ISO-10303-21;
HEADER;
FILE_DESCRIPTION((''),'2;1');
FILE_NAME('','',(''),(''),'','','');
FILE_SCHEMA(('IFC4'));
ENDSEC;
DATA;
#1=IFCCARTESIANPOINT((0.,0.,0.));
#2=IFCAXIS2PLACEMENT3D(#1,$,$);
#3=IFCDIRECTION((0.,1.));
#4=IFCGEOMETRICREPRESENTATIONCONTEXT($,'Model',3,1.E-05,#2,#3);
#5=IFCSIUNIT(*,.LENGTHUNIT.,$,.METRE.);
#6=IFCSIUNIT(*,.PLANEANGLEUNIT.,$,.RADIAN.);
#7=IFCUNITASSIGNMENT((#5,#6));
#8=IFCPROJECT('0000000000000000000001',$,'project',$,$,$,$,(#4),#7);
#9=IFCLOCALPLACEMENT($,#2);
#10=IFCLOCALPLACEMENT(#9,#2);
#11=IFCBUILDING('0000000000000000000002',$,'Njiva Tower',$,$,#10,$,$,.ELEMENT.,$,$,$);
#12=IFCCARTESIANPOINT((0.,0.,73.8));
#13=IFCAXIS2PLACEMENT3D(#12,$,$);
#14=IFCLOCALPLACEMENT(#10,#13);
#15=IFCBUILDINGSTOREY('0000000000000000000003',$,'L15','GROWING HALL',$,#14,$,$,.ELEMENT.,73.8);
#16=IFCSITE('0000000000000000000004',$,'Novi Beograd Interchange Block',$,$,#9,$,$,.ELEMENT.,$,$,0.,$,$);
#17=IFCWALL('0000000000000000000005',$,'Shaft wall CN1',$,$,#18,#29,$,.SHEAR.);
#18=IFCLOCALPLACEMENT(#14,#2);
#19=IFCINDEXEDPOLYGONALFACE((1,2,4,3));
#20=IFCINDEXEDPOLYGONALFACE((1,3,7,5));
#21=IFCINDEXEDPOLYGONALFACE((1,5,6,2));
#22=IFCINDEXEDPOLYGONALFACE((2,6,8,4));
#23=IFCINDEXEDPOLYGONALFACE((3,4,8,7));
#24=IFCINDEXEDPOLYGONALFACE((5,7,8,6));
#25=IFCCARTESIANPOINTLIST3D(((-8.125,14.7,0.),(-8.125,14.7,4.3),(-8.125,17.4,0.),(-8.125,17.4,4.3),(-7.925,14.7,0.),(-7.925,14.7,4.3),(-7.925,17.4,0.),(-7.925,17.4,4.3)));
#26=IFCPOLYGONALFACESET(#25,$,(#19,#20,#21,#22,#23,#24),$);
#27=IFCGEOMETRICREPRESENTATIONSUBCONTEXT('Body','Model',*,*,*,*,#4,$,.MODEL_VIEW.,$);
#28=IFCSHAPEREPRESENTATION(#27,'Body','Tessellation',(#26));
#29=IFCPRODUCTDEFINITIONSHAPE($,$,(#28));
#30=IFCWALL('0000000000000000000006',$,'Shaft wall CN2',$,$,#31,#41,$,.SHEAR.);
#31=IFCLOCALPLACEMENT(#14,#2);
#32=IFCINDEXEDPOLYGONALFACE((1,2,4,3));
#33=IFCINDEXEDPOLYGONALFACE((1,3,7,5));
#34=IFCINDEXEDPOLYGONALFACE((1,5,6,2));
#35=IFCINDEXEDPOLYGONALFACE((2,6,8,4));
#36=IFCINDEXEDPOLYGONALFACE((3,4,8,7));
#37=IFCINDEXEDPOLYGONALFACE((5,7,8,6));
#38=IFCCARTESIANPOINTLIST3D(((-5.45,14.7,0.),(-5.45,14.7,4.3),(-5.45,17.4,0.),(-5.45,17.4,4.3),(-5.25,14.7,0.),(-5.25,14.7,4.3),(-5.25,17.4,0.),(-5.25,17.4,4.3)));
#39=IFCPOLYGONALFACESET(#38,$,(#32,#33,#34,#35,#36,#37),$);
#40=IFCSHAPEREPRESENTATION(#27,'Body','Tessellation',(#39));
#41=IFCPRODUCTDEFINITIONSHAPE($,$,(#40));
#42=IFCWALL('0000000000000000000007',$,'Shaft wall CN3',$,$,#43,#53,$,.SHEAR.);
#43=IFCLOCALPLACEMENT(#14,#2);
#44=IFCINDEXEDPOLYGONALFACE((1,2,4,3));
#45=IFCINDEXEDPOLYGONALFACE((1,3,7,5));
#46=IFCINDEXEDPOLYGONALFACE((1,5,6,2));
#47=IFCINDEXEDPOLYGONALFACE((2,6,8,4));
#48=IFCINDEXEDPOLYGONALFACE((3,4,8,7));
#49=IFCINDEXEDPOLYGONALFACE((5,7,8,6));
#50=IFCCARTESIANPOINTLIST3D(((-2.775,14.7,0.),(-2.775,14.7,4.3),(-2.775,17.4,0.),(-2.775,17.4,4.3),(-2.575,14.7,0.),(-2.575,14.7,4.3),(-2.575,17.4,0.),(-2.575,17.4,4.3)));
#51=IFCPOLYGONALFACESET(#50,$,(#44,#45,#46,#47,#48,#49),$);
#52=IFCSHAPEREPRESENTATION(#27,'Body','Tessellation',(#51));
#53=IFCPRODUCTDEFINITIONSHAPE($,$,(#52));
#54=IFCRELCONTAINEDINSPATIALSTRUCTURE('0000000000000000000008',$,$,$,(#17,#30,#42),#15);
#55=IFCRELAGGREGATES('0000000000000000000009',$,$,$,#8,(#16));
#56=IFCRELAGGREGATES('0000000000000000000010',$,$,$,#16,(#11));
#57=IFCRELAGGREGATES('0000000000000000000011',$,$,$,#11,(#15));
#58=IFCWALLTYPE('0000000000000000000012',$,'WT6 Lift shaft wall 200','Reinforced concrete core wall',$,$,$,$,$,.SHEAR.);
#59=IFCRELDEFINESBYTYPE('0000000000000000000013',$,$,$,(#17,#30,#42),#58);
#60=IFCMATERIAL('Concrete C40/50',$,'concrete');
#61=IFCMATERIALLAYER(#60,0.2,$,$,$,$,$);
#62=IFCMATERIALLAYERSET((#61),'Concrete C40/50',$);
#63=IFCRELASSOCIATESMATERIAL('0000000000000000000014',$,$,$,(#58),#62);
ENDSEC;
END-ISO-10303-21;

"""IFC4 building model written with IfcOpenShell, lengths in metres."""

from ifc_helpers import new_model, si_unit, direction, frame, frame_2d, origin, place, context, subcontext, project, spatial, rectangle, extrude, material, layer, layer_set, type_object, element, save


model = new_model("IFC4")

# Units and contexts
model_context = context("Model", 3, precision=1e-05, world=origin(), true_north=direction((0.0, 1.0)))
body_context = subcontext(model_context, "Body", "Model", "MODEL_VIEW")
ifc_project = project(units=[si_unit("LENGTHUNIT", "METRE"), si_unit("PLANEANGLEUNIT", "RADIAN")], contexts=[model_context])

# Site, building, storey
site_placement = place(None, origin())
site = spatial("IfcSite", under=ifc_project, at=site_placement, Name="Novi Beograd Interchange Block", CompositionType="ELEMENT", RefElevation=0.0)
building_placement = place(site_placement, origin())
building = spatial("IfcBuilding", under=site, at=building_placement, Name="Njiva Tower", CompositionType="ELEMENT")
storey_placement = place(building_placement, frame((0.0, 0.0, 73.8)))
storey = spatial("IfcBuildingStorey", under=building, at=storey_placement, Name="L15", Description="GROWING HALL", CompositionType="ELEMENT", Elevation=73.8)

# Walls
ifc_material_1 = material(Name="Concrete C40/50", Category="concrete")
ifc_layer_1 = layer(ifc_material_1, 0.2)
ifc_layer_set_1 = layer_set([ifc_layer_1], Name="Concrete C40/50")
wall_type_1 = type_object("IfcWallType", Name="WT6 Lift shaft wall 200", Description="Reinforced concrete core wall", PredefinedType="SHEAR", material=ifc_layer_set_1)
for number, where, z_axis, x_axis, name in (
    (1, (-8.025, 14.7, 0.0), (0.0, 0.0, 1.0), (0.0, 1.0, 0.0), "Shaft wall CN1"),
    (2, (-5.35, 14.7, 0.0), (0.0, 0.0, 1.0), (0.0, 1.0, 0.0), "Shaft wall CN2"),
    (3, (-2.675, 14.7, 0.0), (0.0, 0.0, 1.0), (0.0, 1.0, 0.0), "Shaft wall CN3"),
):
    element("IfcWall", number, at=place(storey_placement, frame(where, z_axis=z_axis, x_axis=x_axis)), inside=storey, type_object=wall_type_1, Name=name, PredefinedType="SHEAR", context=body_context, shape_type="SweptSolid", body=[
        extrude(rectangle(XDim=2.7, YDim=0.2, at=frame_2d((1.35, 0.0))), origin(), (0.0, 0.0, 1.0), 4.3),
    ])

save(model, "model.ifc")
